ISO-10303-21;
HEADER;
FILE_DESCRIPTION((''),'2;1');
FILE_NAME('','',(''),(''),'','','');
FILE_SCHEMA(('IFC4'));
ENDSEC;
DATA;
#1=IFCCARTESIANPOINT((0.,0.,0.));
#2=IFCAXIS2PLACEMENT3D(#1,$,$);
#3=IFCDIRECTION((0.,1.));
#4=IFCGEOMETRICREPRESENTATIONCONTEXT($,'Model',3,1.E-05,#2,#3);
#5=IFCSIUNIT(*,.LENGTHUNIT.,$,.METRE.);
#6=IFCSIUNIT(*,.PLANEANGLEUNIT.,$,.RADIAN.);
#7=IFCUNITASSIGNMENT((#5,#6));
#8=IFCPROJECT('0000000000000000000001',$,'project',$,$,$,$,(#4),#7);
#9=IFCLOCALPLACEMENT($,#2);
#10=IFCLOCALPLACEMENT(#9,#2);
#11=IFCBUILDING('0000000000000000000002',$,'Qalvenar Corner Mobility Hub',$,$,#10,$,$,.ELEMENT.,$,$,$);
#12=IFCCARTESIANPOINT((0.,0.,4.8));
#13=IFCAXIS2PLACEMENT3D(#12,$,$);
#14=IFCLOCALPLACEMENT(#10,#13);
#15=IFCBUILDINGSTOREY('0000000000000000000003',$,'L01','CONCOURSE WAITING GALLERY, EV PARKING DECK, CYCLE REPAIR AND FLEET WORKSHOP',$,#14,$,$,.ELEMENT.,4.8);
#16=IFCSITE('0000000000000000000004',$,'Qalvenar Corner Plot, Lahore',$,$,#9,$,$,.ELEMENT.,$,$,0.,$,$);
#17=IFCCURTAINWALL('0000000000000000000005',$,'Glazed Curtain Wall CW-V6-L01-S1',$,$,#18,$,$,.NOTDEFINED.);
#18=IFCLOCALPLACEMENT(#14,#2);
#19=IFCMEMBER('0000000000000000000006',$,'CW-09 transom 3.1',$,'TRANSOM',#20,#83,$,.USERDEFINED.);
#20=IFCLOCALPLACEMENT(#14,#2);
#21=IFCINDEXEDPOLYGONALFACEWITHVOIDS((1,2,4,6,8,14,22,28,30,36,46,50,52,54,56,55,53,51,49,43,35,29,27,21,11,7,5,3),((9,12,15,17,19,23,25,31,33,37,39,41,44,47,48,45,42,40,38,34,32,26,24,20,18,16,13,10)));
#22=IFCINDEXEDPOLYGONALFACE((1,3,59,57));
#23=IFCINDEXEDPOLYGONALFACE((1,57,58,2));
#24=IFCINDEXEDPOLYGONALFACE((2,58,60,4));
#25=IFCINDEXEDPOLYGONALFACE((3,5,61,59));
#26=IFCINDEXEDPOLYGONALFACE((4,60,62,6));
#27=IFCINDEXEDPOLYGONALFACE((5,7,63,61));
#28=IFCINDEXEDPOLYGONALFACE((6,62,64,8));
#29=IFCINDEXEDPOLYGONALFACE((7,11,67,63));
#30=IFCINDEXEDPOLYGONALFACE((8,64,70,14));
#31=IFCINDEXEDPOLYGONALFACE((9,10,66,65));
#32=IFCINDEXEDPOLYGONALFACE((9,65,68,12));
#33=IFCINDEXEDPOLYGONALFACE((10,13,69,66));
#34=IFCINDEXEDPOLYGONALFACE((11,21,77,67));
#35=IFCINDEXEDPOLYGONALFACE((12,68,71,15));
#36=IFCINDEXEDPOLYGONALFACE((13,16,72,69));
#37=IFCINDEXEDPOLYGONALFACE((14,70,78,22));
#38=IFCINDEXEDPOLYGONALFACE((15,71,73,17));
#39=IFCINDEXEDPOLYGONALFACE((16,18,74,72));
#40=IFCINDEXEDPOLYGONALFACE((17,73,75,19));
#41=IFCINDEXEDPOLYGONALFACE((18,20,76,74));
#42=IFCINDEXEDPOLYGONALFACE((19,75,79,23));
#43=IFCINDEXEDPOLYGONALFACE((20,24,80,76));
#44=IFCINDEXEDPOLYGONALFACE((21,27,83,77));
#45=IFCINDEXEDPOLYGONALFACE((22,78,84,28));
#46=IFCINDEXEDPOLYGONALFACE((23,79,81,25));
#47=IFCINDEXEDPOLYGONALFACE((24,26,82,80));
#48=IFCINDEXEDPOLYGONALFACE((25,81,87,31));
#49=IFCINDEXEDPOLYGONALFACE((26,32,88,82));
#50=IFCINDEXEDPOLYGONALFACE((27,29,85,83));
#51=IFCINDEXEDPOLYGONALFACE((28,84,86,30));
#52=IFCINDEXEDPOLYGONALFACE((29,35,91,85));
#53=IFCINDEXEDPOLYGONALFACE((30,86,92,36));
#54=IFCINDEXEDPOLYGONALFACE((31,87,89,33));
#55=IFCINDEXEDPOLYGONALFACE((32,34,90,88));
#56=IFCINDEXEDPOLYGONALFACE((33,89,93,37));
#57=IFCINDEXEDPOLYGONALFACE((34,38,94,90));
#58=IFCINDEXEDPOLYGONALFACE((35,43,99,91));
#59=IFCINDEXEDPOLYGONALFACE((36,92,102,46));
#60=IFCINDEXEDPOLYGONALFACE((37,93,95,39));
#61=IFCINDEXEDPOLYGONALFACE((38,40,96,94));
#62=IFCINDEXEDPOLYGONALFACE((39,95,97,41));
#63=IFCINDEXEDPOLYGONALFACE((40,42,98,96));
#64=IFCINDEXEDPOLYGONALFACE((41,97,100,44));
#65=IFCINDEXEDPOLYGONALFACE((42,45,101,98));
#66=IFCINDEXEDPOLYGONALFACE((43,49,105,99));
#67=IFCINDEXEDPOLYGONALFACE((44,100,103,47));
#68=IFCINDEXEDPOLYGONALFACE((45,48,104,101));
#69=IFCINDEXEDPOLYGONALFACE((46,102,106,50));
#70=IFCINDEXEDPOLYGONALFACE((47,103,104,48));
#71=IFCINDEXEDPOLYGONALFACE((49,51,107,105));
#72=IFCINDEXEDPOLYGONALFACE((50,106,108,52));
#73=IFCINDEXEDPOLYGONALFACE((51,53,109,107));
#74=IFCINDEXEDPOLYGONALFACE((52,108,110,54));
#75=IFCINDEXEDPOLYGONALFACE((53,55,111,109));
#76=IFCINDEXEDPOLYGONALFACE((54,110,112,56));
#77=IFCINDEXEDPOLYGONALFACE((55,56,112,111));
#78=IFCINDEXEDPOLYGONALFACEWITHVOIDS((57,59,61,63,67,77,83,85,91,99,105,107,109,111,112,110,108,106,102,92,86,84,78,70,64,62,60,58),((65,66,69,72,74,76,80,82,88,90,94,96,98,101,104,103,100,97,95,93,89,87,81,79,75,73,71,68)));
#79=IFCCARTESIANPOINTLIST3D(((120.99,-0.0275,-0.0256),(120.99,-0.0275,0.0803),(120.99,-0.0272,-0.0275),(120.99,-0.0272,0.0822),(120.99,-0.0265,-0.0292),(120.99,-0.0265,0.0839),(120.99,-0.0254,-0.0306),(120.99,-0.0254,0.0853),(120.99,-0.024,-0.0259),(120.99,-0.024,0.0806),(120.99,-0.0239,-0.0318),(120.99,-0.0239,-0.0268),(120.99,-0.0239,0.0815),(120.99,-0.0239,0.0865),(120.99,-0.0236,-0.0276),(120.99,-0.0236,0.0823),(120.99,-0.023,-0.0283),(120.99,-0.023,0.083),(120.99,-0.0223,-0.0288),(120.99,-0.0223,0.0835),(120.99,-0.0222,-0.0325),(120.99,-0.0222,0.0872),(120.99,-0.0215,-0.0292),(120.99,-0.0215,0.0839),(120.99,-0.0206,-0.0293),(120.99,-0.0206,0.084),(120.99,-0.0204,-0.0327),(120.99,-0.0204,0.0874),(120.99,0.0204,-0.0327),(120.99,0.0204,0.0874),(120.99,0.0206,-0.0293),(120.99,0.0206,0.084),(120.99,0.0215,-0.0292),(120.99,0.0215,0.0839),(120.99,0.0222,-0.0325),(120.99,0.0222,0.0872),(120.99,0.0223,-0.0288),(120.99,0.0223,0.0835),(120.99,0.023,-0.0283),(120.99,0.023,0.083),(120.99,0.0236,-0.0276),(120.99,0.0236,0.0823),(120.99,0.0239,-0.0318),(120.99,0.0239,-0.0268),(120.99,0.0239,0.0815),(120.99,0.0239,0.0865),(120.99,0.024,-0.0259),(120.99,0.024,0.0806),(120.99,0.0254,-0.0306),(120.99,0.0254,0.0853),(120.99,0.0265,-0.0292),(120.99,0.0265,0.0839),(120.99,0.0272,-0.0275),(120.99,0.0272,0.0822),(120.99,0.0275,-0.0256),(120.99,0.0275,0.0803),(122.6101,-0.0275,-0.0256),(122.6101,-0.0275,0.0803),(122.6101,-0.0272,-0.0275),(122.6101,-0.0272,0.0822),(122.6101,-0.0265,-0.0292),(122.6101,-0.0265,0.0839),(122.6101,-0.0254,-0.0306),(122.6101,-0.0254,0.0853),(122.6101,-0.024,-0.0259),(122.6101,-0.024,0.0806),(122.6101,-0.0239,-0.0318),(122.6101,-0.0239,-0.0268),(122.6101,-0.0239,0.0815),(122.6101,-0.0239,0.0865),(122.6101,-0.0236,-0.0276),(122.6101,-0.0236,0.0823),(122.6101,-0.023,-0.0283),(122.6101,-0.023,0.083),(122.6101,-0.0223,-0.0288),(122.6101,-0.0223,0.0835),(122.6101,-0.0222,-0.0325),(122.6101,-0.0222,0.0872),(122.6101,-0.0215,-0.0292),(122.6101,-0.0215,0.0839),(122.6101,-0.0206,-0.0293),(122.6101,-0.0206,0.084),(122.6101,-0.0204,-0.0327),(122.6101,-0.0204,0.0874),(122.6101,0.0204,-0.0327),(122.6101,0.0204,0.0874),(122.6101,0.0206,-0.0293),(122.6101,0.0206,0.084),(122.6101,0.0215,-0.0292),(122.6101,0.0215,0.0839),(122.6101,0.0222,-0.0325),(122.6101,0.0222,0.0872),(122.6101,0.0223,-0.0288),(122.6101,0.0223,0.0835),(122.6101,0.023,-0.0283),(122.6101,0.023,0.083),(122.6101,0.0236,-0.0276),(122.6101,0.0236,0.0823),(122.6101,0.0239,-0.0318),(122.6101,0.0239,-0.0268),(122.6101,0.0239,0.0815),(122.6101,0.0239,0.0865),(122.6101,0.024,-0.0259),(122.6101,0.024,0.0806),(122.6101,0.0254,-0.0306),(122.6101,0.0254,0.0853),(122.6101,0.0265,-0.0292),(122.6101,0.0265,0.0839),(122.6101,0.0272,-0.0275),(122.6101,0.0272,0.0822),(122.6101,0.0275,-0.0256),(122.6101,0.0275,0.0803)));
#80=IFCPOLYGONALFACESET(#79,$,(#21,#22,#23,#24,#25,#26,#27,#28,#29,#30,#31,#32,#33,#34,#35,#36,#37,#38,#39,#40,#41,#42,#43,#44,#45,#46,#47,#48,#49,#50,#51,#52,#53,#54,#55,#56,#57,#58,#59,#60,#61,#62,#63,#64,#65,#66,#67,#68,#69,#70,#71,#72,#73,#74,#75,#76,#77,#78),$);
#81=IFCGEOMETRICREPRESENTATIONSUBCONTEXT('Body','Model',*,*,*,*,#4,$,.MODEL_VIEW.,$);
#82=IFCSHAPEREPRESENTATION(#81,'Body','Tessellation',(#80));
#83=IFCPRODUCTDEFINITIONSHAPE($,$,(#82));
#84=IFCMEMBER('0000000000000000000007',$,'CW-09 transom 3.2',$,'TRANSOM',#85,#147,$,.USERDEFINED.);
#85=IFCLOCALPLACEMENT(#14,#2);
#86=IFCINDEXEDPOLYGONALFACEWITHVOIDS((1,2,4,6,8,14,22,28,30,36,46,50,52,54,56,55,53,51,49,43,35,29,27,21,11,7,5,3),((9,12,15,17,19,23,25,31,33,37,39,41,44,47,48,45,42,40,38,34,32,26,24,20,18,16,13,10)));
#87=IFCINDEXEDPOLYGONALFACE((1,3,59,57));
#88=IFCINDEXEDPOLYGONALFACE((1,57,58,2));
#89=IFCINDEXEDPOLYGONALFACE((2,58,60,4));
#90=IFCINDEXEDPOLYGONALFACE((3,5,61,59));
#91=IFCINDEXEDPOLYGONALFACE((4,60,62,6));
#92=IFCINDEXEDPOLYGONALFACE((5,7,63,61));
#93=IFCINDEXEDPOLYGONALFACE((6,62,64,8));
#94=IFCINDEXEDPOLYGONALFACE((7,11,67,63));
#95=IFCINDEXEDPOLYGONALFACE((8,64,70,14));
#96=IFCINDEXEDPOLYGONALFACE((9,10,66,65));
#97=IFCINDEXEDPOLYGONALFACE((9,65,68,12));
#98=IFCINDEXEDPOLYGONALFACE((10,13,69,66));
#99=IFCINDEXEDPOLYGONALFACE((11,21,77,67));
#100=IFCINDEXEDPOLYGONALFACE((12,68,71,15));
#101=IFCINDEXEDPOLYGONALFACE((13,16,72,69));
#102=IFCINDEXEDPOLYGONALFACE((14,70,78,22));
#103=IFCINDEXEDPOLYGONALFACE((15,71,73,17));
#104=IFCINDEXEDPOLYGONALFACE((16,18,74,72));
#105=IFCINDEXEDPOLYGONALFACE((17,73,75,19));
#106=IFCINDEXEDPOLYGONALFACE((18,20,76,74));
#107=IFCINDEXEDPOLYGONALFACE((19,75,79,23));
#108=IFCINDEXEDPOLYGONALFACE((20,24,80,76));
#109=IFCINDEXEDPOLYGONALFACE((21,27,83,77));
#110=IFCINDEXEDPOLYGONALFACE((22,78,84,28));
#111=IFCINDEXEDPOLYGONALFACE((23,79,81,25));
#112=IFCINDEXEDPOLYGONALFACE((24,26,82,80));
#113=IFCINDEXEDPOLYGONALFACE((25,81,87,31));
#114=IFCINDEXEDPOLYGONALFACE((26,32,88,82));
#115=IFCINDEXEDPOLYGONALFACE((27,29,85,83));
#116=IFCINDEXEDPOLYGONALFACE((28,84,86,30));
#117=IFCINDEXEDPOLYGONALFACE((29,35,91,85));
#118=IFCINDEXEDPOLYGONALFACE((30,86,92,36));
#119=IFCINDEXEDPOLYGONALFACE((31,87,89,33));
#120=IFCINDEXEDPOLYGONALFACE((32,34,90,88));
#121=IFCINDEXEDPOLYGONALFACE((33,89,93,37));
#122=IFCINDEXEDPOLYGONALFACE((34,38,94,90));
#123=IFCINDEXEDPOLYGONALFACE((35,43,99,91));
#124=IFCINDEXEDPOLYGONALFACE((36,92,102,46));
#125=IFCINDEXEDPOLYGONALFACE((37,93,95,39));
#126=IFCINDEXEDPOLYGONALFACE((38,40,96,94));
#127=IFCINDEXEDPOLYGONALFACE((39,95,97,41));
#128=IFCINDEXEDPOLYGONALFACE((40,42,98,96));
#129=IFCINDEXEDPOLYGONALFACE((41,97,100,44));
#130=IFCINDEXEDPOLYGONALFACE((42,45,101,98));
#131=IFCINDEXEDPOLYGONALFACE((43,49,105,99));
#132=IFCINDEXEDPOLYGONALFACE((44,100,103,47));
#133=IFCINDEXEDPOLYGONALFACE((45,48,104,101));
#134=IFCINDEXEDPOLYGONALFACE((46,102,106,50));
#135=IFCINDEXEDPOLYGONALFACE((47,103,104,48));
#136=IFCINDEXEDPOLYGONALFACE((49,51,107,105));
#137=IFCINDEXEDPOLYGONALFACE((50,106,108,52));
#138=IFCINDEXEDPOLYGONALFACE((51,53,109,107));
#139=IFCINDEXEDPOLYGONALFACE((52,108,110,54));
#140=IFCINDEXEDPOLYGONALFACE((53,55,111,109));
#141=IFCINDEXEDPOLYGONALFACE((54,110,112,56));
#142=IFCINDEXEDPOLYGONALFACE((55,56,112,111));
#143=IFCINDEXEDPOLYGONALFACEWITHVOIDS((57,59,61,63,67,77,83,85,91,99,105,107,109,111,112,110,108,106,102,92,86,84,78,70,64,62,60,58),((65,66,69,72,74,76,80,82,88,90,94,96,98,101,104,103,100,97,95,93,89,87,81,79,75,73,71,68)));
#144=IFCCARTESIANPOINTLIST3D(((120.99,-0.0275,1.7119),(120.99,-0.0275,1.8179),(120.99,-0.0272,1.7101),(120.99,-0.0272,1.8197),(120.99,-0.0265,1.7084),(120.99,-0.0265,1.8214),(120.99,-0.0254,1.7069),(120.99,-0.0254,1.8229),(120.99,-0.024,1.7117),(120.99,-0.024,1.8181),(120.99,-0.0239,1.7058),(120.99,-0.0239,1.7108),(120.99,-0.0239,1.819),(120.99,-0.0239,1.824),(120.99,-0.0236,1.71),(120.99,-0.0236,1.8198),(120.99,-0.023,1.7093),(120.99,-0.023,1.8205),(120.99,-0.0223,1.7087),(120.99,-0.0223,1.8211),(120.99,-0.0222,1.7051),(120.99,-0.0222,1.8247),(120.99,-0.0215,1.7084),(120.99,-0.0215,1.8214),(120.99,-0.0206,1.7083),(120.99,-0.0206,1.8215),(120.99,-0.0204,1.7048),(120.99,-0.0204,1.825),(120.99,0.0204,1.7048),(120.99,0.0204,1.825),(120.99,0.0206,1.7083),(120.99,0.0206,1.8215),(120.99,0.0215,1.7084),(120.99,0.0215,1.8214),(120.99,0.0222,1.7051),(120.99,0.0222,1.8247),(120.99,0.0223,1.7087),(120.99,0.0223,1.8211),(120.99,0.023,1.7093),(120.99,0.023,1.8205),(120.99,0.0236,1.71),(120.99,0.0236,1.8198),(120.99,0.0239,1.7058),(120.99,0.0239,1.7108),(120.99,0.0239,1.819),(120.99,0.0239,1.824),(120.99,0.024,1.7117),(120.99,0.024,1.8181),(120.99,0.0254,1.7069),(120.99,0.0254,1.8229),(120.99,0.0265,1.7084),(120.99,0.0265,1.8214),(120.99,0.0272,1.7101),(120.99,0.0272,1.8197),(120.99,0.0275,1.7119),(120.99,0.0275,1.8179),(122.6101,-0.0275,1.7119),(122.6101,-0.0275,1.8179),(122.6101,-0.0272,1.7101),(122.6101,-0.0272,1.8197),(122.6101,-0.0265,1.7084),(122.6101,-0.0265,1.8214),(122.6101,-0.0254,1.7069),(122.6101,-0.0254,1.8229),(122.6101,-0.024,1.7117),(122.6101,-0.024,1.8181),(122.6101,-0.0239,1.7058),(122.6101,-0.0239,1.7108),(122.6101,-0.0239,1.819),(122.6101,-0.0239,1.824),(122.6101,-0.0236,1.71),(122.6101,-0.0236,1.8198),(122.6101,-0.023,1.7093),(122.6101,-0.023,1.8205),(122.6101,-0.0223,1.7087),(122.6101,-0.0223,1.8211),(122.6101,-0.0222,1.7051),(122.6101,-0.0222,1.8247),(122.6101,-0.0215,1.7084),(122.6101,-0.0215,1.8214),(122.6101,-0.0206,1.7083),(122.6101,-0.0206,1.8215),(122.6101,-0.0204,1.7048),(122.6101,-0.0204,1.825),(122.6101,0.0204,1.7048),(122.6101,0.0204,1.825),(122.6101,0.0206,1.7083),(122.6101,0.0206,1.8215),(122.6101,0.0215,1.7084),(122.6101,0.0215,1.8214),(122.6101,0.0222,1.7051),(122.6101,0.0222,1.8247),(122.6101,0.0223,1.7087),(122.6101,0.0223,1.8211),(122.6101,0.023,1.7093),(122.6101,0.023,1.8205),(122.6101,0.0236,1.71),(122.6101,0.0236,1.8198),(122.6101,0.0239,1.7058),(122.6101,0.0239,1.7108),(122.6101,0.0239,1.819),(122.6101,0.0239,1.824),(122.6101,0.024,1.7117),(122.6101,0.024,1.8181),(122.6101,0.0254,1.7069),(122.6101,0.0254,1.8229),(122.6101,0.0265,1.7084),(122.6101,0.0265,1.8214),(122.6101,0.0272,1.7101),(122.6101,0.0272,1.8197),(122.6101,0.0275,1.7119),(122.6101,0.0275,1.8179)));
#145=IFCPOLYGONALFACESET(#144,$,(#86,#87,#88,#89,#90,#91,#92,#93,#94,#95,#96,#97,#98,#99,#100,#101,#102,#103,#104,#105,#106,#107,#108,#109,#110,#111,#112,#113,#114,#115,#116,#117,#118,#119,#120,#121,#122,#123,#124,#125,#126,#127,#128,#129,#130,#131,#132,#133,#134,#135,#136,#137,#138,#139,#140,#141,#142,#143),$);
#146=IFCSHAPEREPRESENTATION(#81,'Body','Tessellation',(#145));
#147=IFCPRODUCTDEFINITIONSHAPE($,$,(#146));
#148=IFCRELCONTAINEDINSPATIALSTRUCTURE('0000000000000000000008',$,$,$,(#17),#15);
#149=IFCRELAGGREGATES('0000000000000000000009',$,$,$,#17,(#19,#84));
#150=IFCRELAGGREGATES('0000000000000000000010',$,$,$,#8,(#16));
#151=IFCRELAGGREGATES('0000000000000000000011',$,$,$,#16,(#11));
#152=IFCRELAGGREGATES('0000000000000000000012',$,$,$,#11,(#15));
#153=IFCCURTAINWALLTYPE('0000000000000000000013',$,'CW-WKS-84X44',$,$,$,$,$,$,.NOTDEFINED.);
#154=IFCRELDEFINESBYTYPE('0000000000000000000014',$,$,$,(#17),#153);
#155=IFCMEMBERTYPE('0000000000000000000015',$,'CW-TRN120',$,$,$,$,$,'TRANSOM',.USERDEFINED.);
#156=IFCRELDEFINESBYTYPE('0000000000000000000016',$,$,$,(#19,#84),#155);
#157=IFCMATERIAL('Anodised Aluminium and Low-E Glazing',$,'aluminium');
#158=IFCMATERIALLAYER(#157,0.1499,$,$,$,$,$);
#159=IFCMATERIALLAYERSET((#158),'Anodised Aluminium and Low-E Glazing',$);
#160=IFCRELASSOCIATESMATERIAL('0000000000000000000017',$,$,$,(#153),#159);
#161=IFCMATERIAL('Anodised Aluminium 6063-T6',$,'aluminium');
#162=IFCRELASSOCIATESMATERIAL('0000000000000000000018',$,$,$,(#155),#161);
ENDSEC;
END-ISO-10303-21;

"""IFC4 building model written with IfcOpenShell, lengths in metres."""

from ifc_helpers import new_model, si_unit, direction, frame, origin, origin_2d, place, context, subcontext, project, spatial, hollow_rectangle, extrude, material, layer, layer_set, material_profile, profile_set, type_object, element, aggregate, save


model = new_model("IFC4")

# Units and contexts
model_context = context("Model", 3, precision=1e-05, world=origin(), true_north=direction((0.0, 1.0)))
body_context = subcontext(model_context, "Body", "Model", "MODEL_VIEW")
ifc_project = project(units=[si_unit("LENGTHUNIT", "METRE"), si_unit("PLANEANGLEUNIT", "RADIAN")], contexts=[model_context])

# Site, building, storey
site_placement = place(None, origin())
site = spatial("IfcSite", under=ifc_project, at=site_placement, Name="Qalvenar Corner Plot, Lahore", CompositionType="ELEMENT", RefElevation=0.0)
building_placement = place(site_placement, origin())
building = spatial("IfcBuilding", under=site, at=building_placement, Name="Qalvenar Corner Mobility Hub", CompositionType="ELEMENT")
storey_placement = place(building_placement, frame((0.0, 0.0, 4.8)))
storey = spatial("IfcBuildingStorey", under=building, at=storey_placement, Name="L01", Description="CONCOURSE WAITING GALLERY, EV PARKING DECK, CYCLE REPAIR AND FLEET WORKSHOP", CompositionType="ELEMENT", Elevation=4.8)

# Curtain wall, members
ifc_material_1 = material(Name="Anodised Aluminium and Low-E Glazing", Category="aluminium")
ifc_layer_1 = layer(ifc_material_1, 0.1499)
ifc_layer_set_1 = layer_set([ifc_layer_1], Name="Anodised Aluminium and Low-E Glazing")
curtain_wall_type = type_object("IfcCurtainWallType", Name="CW-WKS-84X44", PredefinedType="NOTDEFINED", material=ifc_layer_set_1)
curtain_wall_placement = place(storey_placement, origin())
curtain_wall = element("IfcCurtainWall", 1, at=curtain_wall_placement, inside=storey, type_object=curtain_wall_type, Name="Glazed Curtain Wall CW-V6-L01-S1", PredefinedType="NOTDEFINED")
ifc_material_2 = material(Name="Anodised Aluminium 6063-T6", Category="aluminium")
ifc_material_profile_1 = material_profile(ifc_material_2, hollow_rectangle(XDim=0.0549, YDim=0.1201, WallThickness=0.0034, InnerFilletRadius=0.0034, OuterFilletRadius=0.0071, at=origin_2d()), Name="RHS120x55x3.5")
ifc_profile_set_1 = profile_set([ifc_material_profile_1], Name="Anodised Aluminium 6063-T6")
member_type_1 = type_object("IfcMemberType", Name="CW-TRN120", ElementType="TRANSOM", PredefinedType="USERDEFINED", material=ifc_profile_set_1)
member_1_placement = place(storey_placement, frame((120.99, 0.0, 0.0273), z_axis=(1.0, 0.0, 0.0), x_axis=(0.0, 1.0, 0.0)))
member_1 = element("IfcMember", 2, at=member_1_placement, type_object=member_type_1, Name="CW-09 transom 3.1", ObjectType="TRANSOM", PredefinedType="USERDEFINED", context=body_context, shape_type="SweptSolid", body=[
    extrude(hollow_rectangle(XDim=0.0549, YDim=0.1201, WallThickness=0.0034, InnerFilletRadius=0.0034, OuterFilletRadius=0.0071, at=origin_2d()), origin(), (0.0, 0.0, 1.0), 1.6201),
])
member_2_placement = place(storey_placement, frame((120.99, 0.0, 1.7649), z_axis=(1.0, 0.0, 0.0), x_axis=(0.0, 1.0, 0.0)))
member_2 = element("IfcMember", 3, at=member_2_placement, type_object=member_type_1, Name="CW-09 transom 3.2", ObjectType="TRANSOM", PredefinedType="USERDEFINED", context=body_context, shape_type="SweptSolid", body=[
    extrude(hollow_rectangle(XDim=0.0549, YDim=0.1201, WallThickness=0.0034, InnerFilletRadius=0.0034, OuterFilletRadius=0.0071, at=origin_2d()), origin(), (0.0, 0.0, 1.0), 1.6201),
])
aggregate(curtain_wall, [member_1, member_2])

save(model, "model.ifc")
